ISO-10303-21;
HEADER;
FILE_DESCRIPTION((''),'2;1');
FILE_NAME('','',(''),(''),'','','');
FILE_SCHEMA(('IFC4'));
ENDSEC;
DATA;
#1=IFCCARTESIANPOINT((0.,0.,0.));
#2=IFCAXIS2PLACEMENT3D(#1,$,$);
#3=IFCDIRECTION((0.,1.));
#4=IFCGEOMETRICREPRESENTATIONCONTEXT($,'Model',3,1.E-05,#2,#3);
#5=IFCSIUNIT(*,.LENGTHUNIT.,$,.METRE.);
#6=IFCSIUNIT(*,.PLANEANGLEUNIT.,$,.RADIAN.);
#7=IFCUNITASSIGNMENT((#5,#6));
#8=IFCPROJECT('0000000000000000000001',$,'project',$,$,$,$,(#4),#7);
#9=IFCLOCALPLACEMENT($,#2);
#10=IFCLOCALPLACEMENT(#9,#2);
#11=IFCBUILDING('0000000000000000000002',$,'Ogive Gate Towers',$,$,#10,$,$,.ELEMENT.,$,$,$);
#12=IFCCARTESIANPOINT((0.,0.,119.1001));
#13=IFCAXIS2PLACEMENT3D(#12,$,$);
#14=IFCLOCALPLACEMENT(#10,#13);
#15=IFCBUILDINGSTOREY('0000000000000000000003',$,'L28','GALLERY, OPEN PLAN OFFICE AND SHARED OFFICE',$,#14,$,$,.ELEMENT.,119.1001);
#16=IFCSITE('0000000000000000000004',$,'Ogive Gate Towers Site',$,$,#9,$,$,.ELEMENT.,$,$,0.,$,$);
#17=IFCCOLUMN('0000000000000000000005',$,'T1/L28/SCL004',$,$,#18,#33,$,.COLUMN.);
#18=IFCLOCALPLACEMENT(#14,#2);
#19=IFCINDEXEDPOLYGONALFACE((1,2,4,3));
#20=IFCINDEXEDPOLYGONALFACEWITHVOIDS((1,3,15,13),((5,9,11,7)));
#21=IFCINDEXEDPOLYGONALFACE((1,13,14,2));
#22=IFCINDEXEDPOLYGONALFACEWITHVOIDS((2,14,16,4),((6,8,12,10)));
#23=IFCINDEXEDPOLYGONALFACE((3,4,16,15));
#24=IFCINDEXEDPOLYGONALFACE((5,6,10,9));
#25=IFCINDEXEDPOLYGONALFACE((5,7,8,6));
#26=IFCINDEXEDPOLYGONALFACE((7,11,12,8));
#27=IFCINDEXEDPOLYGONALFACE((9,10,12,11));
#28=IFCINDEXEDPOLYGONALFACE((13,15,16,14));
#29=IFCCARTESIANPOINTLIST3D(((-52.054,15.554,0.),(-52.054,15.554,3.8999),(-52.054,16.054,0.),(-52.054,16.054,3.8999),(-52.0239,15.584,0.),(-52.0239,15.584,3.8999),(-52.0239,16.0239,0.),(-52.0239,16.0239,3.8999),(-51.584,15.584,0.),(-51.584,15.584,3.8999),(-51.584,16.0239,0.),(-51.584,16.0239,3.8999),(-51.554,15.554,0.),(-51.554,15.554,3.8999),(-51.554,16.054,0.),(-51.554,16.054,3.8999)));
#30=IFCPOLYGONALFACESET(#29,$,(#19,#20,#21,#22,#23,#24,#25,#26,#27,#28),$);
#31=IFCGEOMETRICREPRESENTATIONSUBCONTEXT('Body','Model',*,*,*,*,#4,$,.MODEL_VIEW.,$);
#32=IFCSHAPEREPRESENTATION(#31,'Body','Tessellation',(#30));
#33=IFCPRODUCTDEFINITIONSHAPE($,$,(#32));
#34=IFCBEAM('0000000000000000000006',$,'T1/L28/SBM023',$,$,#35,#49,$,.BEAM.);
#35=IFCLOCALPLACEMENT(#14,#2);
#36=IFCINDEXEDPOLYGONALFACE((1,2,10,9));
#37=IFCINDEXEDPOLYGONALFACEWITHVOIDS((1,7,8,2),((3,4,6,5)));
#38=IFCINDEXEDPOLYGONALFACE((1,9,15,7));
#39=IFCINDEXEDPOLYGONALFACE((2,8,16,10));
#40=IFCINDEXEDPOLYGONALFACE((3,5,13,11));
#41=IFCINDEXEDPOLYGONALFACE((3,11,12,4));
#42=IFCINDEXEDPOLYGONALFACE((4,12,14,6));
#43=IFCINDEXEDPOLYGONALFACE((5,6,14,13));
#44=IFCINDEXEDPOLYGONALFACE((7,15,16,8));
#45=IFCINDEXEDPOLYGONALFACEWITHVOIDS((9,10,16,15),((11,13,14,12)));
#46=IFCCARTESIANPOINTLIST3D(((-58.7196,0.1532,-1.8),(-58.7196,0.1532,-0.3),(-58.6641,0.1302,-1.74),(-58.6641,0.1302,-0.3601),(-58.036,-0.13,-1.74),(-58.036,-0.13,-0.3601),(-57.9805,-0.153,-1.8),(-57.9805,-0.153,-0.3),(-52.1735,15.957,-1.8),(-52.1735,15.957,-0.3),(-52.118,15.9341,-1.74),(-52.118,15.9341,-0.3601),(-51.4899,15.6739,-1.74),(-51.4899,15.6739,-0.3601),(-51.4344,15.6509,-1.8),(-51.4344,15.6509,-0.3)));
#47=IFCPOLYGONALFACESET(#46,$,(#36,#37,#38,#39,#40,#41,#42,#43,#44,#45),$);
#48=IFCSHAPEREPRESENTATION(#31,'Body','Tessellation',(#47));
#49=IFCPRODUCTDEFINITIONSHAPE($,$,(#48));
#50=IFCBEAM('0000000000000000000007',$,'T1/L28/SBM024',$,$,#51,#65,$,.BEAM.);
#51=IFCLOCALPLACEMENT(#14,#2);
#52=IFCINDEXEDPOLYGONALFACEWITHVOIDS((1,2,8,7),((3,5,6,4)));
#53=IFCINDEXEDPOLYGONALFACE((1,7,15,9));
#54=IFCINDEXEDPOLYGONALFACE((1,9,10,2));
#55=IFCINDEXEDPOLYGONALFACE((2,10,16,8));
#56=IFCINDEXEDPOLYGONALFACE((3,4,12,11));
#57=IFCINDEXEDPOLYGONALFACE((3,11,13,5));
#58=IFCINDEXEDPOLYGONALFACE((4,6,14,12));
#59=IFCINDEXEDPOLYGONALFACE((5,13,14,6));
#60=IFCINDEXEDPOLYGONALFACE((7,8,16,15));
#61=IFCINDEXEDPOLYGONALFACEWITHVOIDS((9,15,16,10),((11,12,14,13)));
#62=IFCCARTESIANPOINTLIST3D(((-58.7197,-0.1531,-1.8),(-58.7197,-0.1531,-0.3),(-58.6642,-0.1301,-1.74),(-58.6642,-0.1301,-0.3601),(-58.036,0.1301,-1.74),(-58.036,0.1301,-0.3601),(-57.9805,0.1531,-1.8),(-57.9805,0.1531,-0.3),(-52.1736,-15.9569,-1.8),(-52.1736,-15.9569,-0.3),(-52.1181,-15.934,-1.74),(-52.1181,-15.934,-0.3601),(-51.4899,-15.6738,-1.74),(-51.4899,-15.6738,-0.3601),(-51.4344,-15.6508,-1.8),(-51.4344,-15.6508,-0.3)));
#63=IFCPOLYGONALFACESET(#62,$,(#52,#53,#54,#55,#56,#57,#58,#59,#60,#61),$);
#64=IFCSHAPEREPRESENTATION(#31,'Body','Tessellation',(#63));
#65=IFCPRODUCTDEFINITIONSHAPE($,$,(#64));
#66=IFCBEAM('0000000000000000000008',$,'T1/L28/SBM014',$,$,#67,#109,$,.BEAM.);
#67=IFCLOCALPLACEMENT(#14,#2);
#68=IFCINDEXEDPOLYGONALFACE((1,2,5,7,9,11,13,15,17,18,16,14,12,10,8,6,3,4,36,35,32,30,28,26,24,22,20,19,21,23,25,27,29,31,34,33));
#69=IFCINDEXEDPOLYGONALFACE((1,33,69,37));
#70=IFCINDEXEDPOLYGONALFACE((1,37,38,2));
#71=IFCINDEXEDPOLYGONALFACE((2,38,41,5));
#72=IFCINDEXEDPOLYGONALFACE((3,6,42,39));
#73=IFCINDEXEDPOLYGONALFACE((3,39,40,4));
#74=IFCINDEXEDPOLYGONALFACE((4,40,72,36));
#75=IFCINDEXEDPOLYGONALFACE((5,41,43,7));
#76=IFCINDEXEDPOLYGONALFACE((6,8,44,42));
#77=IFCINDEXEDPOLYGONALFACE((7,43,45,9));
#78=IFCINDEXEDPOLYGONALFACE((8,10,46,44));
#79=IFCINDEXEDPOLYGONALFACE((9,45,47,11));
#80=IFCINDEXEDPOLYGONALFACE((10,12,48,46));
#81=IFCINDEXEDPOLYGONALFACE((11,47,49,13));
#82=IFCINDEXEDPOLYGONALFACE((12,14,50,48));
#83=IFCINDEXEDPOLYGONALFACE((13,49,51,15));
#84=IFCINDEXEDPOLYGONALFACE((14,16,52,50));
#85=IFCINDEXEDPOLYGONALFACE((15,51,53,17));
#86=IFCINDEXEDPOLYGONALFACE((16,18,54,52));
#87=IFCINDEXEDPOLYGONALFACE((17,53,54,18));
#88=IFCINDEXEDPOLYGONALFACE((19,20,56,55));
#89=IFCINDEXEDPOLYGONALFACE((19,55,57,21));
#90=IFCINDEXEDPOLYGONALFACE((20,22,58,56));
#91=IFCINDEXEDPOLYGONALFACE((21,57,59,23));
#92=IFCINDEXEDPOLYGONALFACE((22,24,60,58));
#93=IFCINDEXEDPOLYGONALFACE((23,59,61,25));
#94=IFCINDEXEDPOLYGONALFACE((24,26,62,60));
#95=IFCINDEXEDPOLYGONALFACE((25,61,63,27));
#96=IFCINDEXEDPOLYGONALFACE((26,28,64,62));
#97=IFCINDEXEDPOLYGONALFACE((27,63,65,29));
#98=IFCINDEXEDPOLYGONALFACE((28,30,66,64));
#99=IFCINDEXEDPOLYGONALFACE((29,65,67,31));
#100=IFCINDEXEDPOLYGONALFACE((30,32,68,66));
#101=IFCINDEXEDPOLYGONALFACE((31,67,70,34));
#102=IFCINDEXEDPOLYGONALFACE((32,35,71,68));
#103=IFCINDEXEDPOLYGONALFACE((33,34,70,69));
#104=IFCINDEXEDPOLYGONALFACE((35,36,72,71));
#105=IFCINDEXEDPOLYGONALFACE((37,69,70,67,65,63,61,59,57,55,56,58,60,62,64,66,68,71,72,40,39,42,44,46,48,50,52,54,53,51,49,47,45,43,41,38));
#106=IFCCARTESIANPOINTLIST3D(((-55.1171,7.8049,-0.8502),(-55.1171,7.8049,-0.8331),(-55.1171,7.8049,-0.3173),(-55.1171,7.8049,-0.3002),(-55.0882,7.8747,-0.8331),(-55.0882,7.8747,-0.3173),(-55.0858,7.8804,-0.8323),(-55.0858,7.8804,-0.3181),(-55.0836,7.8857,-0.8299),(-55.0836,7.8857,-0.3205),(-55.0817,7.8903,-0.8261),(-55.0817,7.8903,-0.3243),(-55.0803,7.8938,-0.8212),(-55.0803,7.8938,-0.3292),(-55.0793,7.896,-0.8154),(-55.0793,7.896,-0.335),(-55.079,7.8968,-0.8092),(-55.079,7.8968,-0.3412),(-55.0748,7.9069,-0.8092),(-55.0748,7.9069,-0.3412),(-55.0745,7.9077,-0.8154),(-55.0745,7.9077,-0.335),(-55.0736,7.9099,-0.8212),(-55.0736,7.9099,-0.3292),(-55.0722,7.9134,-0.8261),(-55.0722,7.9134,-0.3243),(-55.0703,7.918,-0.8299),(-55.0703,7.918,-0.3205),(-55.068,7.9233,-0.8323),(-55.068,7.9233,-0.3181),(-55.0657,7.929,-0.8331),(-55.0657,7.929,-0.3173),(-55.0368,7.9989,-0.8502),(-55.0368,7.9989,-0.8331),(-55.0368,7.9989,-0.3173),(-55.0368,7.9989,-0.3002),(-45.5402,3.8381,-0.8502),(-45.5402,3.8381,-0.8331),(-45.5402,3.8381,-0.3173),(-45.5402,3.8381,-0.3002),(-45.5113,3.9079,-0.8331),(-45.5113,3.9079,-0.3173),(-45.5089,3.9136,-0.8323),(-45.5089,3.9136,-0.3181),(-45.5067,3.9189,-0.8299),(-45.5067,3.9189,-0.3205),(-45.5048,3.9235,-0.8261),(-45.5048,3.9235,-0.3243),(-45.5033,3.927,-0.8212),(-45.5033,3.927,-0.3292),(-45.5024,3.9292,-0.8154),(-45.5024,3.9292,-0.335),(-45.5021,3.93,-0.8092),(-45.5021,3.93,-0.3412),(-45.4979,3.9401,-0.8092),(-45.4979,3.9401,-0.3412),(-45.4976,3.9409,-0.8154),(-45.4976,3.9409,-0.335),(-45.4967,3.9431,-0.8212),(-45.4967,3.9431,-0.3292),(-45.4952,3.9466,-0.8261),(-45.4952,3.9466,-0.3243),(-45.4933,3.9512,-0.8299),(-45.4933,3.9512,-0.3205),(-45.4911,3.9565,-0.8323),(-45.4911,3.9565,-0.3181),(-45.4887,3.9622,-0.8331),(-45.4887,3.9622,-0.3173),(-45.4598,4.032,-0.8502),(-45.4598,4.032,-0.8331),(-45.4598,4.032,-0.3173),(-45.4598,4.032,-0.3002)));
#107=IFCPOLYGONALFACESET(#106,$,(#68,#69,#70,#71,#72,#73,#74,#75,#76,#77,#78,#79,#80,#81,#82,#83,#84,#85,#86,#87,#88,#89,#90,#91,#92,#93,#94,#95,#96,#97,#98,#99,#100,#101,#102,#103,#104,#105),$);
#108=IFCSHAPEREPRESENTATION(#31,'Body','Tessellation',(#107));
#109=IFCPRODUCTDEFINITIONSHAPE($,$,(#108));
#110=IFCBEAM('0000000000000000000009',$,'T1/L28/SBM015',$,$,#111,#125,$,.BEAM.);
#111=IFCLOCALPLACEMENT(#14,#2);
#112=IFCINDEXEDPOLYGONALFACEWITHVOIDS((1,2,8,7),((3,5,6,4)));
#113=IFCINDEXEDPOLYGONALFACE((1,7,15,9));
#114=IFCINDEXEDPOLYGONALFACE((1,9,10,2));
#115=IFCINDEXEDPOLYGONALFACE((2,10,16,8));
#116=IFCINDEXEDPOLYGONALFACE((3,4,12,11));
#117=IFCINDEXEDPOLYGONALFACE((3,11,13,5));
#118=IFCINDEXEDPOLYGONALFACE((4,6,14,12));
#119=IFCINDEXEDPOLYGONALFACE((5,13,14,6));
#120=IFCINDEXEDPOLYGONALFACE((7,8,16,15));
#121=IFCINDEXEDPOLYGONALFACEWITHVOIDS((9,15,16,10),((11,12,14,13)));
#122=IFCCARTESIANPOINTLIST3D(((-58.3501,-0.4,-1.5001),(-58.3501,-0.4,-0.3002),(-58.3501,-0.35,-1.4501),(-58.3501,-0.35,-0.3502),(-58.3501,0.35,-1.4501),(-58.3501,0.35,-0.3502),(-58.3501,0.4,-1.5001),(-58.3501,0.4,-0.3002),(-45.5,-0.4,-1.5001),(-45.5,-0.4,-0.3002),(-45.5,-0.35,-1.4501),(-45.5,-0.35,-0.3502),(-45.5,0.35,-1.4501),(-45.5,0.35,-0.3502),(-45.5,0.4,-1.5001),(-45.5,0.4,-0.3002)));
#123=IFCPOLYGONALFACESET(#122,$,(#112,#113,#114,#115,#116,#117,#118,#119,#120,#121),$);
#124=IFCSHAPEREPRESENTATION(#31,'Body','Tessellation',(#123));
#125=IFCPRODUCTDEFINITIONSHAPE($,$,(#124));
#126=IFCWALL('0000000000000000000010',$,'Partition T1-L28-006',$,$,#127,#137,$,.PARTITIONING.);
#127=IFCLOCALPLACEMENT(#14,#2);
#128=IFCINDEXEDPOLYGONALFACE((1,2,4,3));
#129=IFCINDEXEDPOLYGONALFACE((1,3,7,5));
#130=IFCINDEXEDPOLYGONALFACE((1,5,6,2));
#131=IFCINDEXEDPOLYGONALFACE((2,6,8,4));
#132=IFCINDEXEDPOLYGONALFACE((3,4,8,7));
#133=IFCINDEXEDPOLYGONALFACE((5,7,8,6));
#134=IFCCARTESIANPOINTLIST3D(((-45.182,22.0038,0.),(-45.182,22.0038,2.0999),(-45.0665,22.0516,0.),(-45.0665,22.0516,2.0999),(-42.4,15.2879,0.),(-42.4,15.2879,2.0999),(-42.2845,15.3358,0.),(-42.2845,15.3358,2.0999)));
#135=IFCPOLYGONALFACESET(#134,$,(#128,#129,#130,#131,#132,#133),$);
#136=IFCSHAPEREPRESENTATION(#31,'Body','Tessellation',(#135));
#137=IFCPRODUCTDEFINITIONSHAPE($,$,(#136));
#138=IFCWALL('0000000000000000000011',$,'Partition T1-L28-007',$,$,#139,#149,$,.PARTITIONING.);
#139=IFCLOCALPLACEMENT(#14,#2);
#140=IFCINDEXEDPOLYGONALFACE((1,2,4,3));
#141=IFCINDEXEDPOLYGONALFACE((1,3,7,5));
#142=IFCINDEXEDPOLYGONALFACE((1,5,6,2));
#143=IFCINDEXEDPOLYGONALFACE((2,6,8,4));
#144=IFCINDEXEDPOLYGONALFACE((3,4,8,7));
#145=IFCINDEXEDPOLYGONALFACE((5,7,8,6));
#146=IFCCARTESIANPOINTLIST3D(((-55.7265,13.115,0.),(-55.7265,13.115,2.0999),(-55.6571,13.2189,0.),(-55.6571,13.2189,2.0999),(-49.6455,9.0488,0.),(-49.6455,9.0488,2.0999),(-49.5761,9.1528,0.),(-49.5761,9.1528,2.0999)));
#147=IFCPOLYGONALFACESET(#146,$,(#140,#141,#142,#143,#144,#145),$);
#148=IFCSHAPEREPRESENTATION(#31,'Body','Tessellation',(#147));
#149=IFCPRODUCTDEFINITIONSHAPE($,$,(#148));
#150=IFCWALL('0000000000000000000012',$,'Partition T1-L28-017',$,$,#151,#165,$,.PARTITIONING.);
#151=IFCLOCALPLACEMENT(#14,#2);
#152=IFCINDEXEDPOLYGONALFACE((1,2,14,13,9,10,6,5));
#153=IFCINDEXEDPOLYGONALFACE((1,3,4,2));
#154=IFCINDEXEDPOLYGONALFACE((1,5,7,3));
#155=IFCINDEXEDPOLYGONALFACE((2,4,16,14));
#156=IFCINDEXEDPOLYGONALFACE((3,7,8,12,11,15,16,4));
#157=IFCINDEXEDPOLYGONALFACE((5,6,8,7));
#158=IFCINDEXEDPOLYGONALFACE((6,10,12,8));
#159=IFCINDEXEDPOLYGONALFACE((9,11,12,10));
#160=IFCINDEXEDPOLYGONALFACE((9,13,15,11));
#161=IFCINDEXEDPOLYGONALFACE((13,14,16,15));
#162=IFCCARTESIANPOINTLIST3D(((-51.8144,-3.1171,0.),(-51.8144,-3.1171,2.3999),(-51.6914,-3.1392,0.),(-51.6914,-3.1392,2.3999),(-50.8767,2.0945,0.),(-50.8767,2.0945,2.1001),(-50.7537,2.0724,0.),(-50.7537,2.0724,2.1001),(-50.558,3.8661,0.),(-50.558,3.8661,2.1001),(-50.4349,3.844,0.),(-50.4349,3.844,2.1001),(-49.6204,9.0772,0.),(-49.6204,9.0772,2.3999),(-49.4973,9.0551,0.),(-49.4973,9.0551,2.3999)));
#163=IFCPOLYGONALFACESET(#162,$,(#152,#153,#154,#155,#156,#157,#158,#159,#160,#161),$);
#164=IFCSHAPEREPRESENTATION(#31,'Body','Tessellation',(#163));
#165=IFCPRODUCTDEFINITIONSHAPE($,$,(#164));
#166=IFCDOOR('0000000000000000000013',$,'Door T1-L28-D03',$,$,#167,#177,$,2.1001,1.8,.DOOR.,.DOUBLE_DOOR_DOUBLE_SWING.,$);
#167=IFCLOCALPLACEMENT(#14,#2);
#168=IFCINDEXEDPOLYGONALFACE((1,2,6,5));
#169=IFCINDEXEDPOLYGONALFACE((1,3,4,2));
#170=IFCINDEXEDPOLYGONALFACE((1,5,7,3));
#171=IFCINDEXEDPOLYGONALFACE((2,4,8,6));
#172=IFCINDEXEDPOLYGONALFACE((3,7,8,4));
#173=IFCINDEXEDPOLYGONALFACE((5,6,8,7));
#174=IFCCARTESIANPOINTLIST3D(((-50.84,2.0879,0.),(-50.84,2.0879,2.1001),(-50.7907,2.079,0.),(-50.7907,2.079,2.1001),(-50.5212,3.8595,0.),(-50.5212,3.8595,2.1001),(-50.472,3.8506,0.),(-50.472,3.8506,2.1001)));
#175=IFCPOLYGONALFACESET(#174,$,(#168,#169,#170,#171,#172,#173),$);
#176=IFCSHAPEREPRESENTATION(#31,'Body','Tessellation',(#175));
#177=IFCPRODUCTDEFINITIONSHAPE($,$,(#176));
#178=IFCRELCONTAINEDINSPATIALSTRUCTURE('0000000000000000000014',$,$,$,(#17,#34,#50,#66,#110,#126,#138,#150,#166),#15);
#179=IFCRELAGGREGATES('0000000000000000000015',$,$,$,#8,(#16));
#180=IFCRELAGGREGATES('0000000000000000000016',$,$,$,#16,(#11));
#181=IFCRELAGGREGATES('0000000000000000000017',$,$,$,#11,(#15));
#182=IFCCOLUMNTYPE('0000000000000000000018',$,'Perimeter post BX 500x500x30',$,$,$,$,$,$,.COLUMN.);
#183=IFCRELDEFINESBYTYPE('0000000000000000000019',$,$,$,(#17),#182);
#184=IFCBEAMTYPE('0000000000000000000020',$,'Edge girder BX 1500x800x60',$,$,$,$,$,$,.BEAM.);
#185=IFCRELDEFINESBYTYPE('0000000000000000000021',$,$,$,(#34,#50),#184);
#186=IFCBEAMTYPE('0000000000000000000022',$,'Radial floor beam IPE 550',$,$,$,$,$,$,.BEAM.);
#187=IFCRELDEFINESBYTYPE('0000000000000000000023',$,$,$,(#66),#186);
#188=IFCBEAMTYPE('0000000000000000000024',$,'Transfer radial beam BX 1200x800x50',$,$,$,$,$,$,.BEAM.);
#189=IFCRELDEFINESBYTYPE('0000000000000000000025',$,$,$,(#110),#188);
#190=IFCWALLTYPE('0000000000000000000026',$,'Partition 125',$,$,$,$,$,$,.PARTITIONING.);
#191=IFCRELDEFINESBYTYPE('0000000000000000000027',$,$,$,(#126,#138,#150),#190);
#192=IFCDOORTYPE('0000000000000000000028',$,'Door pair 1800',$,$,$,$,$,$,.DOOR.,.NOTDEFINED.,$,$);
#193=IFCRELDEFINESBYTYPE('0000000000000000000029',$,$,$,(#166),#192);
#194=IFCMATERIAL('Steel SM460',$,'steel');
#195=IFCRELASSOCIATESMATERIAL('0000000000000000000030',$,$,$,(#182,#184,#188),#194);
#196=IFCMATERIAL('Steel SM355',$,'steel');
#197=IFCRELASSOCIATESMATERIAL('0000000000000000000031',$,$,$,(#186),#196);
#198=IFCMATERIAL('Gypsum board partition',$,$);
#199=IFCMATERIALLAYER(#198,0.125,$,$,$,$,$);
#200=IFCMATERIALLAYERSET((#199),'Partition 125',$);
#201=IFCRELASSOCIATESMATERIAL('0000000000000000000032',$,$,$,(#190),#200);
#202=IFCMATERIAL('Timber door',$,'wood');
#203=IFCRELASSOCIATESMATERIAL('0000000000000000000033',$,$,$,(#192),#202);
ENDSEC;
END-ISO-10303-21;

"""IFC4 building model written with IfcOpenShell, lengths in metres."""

from ifc_helpers import new_model, si_unit, direction, frame, frame_2d, origin, origin_2d, place, context, subcontext, project, spatial, rectangle, hollow_rectangle, i_section, extrude, material, layer, layer_set, material_profile, profile_set, type_object, element, fill, save


model = new_model("IFC4")

# Units and contexts
model_context = context("Model", 3, precision=1e-05, world=origin(), true_north=direction((0.0, 1.0)))
body_context = subcontext(model_context, "Body", "Model", "MODEL_VIEW")
ifc_project = project(units=[si_unit("LENGTHUNIT", "METRE"), si_unit("PLANEANGLEUNIT", "RADIAN")], contexts=[model_context])

# Site, building, storey
site_placement = place(None, origin())
site = spatial("IfcSite", under=ifc_project, at=site_placement, Name="Ogive Gate Towers Site", CompositionType="ELEMENT", RefElevation=0.0)
building_placement = place(site_placement, origin())
building = spatial("IfcBuilding", under=site, at=building_placement, Name="Ogive Gate Towers", CompositionType="ELEMENT")
storey_placement = place(building_placement, frame((0.0, 0.0, 119.1001)))
storey = spatial("IfcBuildingStorey", under=building, at=storey_placement, Name="L28", Description="GALLERY, OPEN PLAN OFFICE AND SHARED OFFICE", CompositionType="ELEMENT", Elevation=119.1001)

# Column
ifc_material_1 = material(Name="Steel SM460", Category="steel")
ifc_material_profile_1 = material_profile(ifc_material_1, hollow_rectangle(XDim=0.5, YDim=0.5, WallThickness=0.03, at=origin_2d()), Name="BX 500x500x30")
ifc_profile_set_1 = profile_set([ifc_material_profile_1], Name="Steel SM460")
column_type = type_object("IfcColumnType", Name="Perimeter post BX 500x500x30", PredefinedType="COLUMN", material=ifc_profile_set_1)
column_placement = place(storey_placement, frame((-51.804, 15.804, 0.0), z_axis=(0.0, 0.0, 1.0), x_axis=(1.0, 0.0, 0.0)))
element("IfcColumn", 1, at=column_placement, inside=storey, type_object=column_type, Name="T1/L28/SCL004", PredefinedType="COLUMN", context=body_context, shape_type="SweptSolid", body=[
    extrude(hollow_rectangle(XDim=0.5, YDim=0.5, WallThickness=0.03, at=origin_2d()), origin(), (0.0, 0.0, 1.0), 3.8999),
])

# Beams
ifc_material_profile_2 = material_profile(ifc_material_1, hollow_rectangle(XDim=0.8, YDim=1.5, WallThickness=0.0601, at=origin_2d()), Name="BX 1500x800x60")
ifc_profile_set_2 = profile_set([ifc_material_profile_2], Name="Steel SM460")
beam_type_1 = type_object("IfcBeamType", Name="Edge girder BX 1500x800x60", PredefinedType="BEAM", material=ifc_profile_set_2)
for number, where, z_axis, x_axis, name in (
    (2, (-51.804, 15.804, -1.05), (-0.38268, -0.923881, 0.0), (0.923881, -0.38268, 0.0), "T1/L28/SBM023"),
    (3, (-58.3501, 0.0, -1.05), (0.38268, -0.923881, 0.0), (0.923881, 0.38268, 0.0), "T1/L28/SBM024"),
):
    element("IfcBeam", number, at=place(storey_placement, frame(where, z_axis=z_axis, x_axis=x_axis)), inside=storey, type_object=beam_type_1, Name=name, PredefinedType="BEAM", context=body_context, shape_type="SweptSolid", body=[
        extrude(hollow_rectangle(XDim=0.8, YDim=1.5, WallThickness=0.0601, at=origin_2d()), origin(), (0.0, 0.0, 1.0), 17.106),
    ])
ifc_material_2 = material(Name="Steel SM355", Category="steel")
ifc_material_profile_3 = material_profile(ifc_material_2, i_section(OverallWidth=0.21, OverallDepth=0.55, WebThickness=0.011, FlangeThickness=0.0171, FilletRadius=0.0239, at=origin_2d()), Name="IPE 550")
ifc_profile_set_3 = profile_set([ifc_material_profile_3], Name="Steel SM355")
beam_type_2 = type_object("IfcBeamType", Name="Radial floor beam IPE 550", PredefinedType="BEAM", material=ifc_profile_set_3)
beam_1_placement = place(storey_placement, frame((-45.5, 3.9351, -0.5752), z_axis=(-0.923882, 0.382676, 0.0), x_axis=(-0.382676, -0.923882, 0.0)))
element("IfcBeam", 4, at=beam_1_placement, inside=storey, type_object=beam_type_2, Name="T1/L28/SBM014", PredefinedType="BEAM", context=body_context, shape_type="SweptSolid", body=[
    extrude(i_section(OverallWidth=0.21, OverallDepth=0.55, WebThickness=0.011, FlangeThickness=0.0171, FilletRadius=0.0239, at=origin_2d()), origin(), (0.0, 0.0, 1.0), 10.366),
])
ifc_material_profile_4 = material_profile(ifc_material_1, hollow_rectangle(XDim=0.8, YDim=1.2, WallThickness=0.05, at=origin_2d()), Name="BX 1200x800x50")
ifc_profile_set_4 = profile_set([ifc_material_profile_4], Name="Steel SM460")
beam_type_3 = type_object("IfcBeamType", Name="Transfer radial beam BX 1200x800x50", PredefinedType="BEAM", material=ifc_profile_set_4)
beam_2_placement = place(storey_placement, frame((-45.5, 0.0, -0.9001), z_axis=(-1.0, 0.0, 0.0), x_axis=(0.0, -1.0, 0.0)))
element("IfcBeam", 5, at=beam_2_placement, inside=storey, type_object=beam_type_3, Name="T1/L28/SBM015", PredefinedType="BEAM", context=body_context, shape_type="SweptSolid", body=[
    extrude(hollow_rectangle(XDim=0.8, YDim=1.2, WallThickness=0.05, at=origin_2d()), origin(), (0.0, 0.0, 1.0), 12.8501),
])

# Walls
ifc_material_3 = material(Name="Gypsum board partition")
ifc_layer_1 = layer(ifc_material_3, 0.125)
ifc_layer_set_1 = layer_set([ifc_layer_1], Name="Partition 125")
wall_type_1 = type_object("IfcWallType", Name="Partition 125", PredefinedType="PARTITIONING", material=ifc_layer_set_1)
wall_1_placement = place(storey_placement, frame((-45.1243, 22.0278, 0.0), z_axis=(0.0, 0.0, 1.0), x_axis=(0.382707, -0.92387, 0.0)))
element("IfcWall", 6, at=wall_1_placement, inside=storey, type_object=wall_type_1, Name="Partition T1-L28-006", PredefinedType="PARTITIONING", context=body_context, shape_type="SweptSolid", body=[
    extrude(rectangle(XDim=7.2693, YDim=0.125, at=frame_2d((3.6348, 0.0))), origin(), (0.0, 0.0, 1.0), 2.0999),
])
wall_2_placement = place(storey_placement, frame((-55.6919, 13.167, 0.0), z_axis=(0.0, 0.0, 1.0), x_axis=(0.831284, -0.555847, 0.0)))
element("IfcWall", 7, at=wall_2_placement, inside=storey, type_object=wall_type_1, Name="Partition T1-L28-007", PredefinedType="PARTITIONING", context=body_context, shape_type="SweptSolid", body=[
    extrude(rectangle(XDim=7.3152, YDim=0.125, at=frame_2d((3.6577, 0.0))), origin(), (0.0, 0.0, 1.0), 2.0999),
])

# Wall, opening, door
wall_3_placement = place(storey_placement, frame((-49.5588, 9.0662, 0.0), z_axis=(0.0, 0.0, 1.0), x_axis=(-0.177084, -0.984196, 0.0)))
wall_3 = element("IfcWall", 8, at=wall_3_placement, inside=storey, type_object=wall_type_1, Name="Partition T1-L28-017", PredefinedType="PARTITIONING", context=body_context, shape_type="SweptSolid", body=[
    extrude(rectangle(XDim=12.3901, YDim=0.125, at=frame_2d((6.1951, 0.0))), origin(), (0.0, 0.0, 1.0), 2.3999),
])
opening_1_placement = place(wall_3_placement, frame((5.2949, 0.0, 0.0)))
opening_1 = element("IfcOpeningElement", 9, at=opening_1_placement, cuts=wall_3, PredefinedType="OPENING", context=body_context, shape_type="SweptSolid", body=[
    extrude(rectangle(XDim=1.8, YDim=2.1001, at=frame_2d((0.8999, 1.05))), frame((0.0, 0.0725, 0.0), z_axis=(0.0, -1.0, 0.0), x_axis=(1.0, 0.0, 0.0)), (0.0, 0.0, 1.0), 0.145),
])
ifc_material_4 = material(Name="Timber door", Category="wood")
door_type_1 = type_object("IfcDoorType", Name="Door pair 1800", OperationType="NOTDEFINED", PredefinedType="DOOR", material=ifc_material_4)
door_1_placement = place(opening_1_placement, origin())
door_1 = element("IfcDoor", 10, at=door_1_placement, inside=storey, type_object=door_type_1, Name="Door T1-L28-D03", OperationType="DOUBLE_DOOR_DOUBLE_SWING", OverallHeight=2.1001, OverallWidth=1.8, PredefinedType="DOOR", context=body_context, shape_type="SweptSolid", body=[
    extrude(rectangle(XDim=1.8, YDim=2.1001, at=frame_2d((0.8999, 1.05))), frame((0.0, 0.0249, 0.0), z_axis=(0.0, -1.0, 0.0), x_axis=(1.0, 0.0, 0.0)), (0.0, 0.0, 1.0), 0.05),
])
fill(opening_1, door_1)

save(model, "model.ifc")
